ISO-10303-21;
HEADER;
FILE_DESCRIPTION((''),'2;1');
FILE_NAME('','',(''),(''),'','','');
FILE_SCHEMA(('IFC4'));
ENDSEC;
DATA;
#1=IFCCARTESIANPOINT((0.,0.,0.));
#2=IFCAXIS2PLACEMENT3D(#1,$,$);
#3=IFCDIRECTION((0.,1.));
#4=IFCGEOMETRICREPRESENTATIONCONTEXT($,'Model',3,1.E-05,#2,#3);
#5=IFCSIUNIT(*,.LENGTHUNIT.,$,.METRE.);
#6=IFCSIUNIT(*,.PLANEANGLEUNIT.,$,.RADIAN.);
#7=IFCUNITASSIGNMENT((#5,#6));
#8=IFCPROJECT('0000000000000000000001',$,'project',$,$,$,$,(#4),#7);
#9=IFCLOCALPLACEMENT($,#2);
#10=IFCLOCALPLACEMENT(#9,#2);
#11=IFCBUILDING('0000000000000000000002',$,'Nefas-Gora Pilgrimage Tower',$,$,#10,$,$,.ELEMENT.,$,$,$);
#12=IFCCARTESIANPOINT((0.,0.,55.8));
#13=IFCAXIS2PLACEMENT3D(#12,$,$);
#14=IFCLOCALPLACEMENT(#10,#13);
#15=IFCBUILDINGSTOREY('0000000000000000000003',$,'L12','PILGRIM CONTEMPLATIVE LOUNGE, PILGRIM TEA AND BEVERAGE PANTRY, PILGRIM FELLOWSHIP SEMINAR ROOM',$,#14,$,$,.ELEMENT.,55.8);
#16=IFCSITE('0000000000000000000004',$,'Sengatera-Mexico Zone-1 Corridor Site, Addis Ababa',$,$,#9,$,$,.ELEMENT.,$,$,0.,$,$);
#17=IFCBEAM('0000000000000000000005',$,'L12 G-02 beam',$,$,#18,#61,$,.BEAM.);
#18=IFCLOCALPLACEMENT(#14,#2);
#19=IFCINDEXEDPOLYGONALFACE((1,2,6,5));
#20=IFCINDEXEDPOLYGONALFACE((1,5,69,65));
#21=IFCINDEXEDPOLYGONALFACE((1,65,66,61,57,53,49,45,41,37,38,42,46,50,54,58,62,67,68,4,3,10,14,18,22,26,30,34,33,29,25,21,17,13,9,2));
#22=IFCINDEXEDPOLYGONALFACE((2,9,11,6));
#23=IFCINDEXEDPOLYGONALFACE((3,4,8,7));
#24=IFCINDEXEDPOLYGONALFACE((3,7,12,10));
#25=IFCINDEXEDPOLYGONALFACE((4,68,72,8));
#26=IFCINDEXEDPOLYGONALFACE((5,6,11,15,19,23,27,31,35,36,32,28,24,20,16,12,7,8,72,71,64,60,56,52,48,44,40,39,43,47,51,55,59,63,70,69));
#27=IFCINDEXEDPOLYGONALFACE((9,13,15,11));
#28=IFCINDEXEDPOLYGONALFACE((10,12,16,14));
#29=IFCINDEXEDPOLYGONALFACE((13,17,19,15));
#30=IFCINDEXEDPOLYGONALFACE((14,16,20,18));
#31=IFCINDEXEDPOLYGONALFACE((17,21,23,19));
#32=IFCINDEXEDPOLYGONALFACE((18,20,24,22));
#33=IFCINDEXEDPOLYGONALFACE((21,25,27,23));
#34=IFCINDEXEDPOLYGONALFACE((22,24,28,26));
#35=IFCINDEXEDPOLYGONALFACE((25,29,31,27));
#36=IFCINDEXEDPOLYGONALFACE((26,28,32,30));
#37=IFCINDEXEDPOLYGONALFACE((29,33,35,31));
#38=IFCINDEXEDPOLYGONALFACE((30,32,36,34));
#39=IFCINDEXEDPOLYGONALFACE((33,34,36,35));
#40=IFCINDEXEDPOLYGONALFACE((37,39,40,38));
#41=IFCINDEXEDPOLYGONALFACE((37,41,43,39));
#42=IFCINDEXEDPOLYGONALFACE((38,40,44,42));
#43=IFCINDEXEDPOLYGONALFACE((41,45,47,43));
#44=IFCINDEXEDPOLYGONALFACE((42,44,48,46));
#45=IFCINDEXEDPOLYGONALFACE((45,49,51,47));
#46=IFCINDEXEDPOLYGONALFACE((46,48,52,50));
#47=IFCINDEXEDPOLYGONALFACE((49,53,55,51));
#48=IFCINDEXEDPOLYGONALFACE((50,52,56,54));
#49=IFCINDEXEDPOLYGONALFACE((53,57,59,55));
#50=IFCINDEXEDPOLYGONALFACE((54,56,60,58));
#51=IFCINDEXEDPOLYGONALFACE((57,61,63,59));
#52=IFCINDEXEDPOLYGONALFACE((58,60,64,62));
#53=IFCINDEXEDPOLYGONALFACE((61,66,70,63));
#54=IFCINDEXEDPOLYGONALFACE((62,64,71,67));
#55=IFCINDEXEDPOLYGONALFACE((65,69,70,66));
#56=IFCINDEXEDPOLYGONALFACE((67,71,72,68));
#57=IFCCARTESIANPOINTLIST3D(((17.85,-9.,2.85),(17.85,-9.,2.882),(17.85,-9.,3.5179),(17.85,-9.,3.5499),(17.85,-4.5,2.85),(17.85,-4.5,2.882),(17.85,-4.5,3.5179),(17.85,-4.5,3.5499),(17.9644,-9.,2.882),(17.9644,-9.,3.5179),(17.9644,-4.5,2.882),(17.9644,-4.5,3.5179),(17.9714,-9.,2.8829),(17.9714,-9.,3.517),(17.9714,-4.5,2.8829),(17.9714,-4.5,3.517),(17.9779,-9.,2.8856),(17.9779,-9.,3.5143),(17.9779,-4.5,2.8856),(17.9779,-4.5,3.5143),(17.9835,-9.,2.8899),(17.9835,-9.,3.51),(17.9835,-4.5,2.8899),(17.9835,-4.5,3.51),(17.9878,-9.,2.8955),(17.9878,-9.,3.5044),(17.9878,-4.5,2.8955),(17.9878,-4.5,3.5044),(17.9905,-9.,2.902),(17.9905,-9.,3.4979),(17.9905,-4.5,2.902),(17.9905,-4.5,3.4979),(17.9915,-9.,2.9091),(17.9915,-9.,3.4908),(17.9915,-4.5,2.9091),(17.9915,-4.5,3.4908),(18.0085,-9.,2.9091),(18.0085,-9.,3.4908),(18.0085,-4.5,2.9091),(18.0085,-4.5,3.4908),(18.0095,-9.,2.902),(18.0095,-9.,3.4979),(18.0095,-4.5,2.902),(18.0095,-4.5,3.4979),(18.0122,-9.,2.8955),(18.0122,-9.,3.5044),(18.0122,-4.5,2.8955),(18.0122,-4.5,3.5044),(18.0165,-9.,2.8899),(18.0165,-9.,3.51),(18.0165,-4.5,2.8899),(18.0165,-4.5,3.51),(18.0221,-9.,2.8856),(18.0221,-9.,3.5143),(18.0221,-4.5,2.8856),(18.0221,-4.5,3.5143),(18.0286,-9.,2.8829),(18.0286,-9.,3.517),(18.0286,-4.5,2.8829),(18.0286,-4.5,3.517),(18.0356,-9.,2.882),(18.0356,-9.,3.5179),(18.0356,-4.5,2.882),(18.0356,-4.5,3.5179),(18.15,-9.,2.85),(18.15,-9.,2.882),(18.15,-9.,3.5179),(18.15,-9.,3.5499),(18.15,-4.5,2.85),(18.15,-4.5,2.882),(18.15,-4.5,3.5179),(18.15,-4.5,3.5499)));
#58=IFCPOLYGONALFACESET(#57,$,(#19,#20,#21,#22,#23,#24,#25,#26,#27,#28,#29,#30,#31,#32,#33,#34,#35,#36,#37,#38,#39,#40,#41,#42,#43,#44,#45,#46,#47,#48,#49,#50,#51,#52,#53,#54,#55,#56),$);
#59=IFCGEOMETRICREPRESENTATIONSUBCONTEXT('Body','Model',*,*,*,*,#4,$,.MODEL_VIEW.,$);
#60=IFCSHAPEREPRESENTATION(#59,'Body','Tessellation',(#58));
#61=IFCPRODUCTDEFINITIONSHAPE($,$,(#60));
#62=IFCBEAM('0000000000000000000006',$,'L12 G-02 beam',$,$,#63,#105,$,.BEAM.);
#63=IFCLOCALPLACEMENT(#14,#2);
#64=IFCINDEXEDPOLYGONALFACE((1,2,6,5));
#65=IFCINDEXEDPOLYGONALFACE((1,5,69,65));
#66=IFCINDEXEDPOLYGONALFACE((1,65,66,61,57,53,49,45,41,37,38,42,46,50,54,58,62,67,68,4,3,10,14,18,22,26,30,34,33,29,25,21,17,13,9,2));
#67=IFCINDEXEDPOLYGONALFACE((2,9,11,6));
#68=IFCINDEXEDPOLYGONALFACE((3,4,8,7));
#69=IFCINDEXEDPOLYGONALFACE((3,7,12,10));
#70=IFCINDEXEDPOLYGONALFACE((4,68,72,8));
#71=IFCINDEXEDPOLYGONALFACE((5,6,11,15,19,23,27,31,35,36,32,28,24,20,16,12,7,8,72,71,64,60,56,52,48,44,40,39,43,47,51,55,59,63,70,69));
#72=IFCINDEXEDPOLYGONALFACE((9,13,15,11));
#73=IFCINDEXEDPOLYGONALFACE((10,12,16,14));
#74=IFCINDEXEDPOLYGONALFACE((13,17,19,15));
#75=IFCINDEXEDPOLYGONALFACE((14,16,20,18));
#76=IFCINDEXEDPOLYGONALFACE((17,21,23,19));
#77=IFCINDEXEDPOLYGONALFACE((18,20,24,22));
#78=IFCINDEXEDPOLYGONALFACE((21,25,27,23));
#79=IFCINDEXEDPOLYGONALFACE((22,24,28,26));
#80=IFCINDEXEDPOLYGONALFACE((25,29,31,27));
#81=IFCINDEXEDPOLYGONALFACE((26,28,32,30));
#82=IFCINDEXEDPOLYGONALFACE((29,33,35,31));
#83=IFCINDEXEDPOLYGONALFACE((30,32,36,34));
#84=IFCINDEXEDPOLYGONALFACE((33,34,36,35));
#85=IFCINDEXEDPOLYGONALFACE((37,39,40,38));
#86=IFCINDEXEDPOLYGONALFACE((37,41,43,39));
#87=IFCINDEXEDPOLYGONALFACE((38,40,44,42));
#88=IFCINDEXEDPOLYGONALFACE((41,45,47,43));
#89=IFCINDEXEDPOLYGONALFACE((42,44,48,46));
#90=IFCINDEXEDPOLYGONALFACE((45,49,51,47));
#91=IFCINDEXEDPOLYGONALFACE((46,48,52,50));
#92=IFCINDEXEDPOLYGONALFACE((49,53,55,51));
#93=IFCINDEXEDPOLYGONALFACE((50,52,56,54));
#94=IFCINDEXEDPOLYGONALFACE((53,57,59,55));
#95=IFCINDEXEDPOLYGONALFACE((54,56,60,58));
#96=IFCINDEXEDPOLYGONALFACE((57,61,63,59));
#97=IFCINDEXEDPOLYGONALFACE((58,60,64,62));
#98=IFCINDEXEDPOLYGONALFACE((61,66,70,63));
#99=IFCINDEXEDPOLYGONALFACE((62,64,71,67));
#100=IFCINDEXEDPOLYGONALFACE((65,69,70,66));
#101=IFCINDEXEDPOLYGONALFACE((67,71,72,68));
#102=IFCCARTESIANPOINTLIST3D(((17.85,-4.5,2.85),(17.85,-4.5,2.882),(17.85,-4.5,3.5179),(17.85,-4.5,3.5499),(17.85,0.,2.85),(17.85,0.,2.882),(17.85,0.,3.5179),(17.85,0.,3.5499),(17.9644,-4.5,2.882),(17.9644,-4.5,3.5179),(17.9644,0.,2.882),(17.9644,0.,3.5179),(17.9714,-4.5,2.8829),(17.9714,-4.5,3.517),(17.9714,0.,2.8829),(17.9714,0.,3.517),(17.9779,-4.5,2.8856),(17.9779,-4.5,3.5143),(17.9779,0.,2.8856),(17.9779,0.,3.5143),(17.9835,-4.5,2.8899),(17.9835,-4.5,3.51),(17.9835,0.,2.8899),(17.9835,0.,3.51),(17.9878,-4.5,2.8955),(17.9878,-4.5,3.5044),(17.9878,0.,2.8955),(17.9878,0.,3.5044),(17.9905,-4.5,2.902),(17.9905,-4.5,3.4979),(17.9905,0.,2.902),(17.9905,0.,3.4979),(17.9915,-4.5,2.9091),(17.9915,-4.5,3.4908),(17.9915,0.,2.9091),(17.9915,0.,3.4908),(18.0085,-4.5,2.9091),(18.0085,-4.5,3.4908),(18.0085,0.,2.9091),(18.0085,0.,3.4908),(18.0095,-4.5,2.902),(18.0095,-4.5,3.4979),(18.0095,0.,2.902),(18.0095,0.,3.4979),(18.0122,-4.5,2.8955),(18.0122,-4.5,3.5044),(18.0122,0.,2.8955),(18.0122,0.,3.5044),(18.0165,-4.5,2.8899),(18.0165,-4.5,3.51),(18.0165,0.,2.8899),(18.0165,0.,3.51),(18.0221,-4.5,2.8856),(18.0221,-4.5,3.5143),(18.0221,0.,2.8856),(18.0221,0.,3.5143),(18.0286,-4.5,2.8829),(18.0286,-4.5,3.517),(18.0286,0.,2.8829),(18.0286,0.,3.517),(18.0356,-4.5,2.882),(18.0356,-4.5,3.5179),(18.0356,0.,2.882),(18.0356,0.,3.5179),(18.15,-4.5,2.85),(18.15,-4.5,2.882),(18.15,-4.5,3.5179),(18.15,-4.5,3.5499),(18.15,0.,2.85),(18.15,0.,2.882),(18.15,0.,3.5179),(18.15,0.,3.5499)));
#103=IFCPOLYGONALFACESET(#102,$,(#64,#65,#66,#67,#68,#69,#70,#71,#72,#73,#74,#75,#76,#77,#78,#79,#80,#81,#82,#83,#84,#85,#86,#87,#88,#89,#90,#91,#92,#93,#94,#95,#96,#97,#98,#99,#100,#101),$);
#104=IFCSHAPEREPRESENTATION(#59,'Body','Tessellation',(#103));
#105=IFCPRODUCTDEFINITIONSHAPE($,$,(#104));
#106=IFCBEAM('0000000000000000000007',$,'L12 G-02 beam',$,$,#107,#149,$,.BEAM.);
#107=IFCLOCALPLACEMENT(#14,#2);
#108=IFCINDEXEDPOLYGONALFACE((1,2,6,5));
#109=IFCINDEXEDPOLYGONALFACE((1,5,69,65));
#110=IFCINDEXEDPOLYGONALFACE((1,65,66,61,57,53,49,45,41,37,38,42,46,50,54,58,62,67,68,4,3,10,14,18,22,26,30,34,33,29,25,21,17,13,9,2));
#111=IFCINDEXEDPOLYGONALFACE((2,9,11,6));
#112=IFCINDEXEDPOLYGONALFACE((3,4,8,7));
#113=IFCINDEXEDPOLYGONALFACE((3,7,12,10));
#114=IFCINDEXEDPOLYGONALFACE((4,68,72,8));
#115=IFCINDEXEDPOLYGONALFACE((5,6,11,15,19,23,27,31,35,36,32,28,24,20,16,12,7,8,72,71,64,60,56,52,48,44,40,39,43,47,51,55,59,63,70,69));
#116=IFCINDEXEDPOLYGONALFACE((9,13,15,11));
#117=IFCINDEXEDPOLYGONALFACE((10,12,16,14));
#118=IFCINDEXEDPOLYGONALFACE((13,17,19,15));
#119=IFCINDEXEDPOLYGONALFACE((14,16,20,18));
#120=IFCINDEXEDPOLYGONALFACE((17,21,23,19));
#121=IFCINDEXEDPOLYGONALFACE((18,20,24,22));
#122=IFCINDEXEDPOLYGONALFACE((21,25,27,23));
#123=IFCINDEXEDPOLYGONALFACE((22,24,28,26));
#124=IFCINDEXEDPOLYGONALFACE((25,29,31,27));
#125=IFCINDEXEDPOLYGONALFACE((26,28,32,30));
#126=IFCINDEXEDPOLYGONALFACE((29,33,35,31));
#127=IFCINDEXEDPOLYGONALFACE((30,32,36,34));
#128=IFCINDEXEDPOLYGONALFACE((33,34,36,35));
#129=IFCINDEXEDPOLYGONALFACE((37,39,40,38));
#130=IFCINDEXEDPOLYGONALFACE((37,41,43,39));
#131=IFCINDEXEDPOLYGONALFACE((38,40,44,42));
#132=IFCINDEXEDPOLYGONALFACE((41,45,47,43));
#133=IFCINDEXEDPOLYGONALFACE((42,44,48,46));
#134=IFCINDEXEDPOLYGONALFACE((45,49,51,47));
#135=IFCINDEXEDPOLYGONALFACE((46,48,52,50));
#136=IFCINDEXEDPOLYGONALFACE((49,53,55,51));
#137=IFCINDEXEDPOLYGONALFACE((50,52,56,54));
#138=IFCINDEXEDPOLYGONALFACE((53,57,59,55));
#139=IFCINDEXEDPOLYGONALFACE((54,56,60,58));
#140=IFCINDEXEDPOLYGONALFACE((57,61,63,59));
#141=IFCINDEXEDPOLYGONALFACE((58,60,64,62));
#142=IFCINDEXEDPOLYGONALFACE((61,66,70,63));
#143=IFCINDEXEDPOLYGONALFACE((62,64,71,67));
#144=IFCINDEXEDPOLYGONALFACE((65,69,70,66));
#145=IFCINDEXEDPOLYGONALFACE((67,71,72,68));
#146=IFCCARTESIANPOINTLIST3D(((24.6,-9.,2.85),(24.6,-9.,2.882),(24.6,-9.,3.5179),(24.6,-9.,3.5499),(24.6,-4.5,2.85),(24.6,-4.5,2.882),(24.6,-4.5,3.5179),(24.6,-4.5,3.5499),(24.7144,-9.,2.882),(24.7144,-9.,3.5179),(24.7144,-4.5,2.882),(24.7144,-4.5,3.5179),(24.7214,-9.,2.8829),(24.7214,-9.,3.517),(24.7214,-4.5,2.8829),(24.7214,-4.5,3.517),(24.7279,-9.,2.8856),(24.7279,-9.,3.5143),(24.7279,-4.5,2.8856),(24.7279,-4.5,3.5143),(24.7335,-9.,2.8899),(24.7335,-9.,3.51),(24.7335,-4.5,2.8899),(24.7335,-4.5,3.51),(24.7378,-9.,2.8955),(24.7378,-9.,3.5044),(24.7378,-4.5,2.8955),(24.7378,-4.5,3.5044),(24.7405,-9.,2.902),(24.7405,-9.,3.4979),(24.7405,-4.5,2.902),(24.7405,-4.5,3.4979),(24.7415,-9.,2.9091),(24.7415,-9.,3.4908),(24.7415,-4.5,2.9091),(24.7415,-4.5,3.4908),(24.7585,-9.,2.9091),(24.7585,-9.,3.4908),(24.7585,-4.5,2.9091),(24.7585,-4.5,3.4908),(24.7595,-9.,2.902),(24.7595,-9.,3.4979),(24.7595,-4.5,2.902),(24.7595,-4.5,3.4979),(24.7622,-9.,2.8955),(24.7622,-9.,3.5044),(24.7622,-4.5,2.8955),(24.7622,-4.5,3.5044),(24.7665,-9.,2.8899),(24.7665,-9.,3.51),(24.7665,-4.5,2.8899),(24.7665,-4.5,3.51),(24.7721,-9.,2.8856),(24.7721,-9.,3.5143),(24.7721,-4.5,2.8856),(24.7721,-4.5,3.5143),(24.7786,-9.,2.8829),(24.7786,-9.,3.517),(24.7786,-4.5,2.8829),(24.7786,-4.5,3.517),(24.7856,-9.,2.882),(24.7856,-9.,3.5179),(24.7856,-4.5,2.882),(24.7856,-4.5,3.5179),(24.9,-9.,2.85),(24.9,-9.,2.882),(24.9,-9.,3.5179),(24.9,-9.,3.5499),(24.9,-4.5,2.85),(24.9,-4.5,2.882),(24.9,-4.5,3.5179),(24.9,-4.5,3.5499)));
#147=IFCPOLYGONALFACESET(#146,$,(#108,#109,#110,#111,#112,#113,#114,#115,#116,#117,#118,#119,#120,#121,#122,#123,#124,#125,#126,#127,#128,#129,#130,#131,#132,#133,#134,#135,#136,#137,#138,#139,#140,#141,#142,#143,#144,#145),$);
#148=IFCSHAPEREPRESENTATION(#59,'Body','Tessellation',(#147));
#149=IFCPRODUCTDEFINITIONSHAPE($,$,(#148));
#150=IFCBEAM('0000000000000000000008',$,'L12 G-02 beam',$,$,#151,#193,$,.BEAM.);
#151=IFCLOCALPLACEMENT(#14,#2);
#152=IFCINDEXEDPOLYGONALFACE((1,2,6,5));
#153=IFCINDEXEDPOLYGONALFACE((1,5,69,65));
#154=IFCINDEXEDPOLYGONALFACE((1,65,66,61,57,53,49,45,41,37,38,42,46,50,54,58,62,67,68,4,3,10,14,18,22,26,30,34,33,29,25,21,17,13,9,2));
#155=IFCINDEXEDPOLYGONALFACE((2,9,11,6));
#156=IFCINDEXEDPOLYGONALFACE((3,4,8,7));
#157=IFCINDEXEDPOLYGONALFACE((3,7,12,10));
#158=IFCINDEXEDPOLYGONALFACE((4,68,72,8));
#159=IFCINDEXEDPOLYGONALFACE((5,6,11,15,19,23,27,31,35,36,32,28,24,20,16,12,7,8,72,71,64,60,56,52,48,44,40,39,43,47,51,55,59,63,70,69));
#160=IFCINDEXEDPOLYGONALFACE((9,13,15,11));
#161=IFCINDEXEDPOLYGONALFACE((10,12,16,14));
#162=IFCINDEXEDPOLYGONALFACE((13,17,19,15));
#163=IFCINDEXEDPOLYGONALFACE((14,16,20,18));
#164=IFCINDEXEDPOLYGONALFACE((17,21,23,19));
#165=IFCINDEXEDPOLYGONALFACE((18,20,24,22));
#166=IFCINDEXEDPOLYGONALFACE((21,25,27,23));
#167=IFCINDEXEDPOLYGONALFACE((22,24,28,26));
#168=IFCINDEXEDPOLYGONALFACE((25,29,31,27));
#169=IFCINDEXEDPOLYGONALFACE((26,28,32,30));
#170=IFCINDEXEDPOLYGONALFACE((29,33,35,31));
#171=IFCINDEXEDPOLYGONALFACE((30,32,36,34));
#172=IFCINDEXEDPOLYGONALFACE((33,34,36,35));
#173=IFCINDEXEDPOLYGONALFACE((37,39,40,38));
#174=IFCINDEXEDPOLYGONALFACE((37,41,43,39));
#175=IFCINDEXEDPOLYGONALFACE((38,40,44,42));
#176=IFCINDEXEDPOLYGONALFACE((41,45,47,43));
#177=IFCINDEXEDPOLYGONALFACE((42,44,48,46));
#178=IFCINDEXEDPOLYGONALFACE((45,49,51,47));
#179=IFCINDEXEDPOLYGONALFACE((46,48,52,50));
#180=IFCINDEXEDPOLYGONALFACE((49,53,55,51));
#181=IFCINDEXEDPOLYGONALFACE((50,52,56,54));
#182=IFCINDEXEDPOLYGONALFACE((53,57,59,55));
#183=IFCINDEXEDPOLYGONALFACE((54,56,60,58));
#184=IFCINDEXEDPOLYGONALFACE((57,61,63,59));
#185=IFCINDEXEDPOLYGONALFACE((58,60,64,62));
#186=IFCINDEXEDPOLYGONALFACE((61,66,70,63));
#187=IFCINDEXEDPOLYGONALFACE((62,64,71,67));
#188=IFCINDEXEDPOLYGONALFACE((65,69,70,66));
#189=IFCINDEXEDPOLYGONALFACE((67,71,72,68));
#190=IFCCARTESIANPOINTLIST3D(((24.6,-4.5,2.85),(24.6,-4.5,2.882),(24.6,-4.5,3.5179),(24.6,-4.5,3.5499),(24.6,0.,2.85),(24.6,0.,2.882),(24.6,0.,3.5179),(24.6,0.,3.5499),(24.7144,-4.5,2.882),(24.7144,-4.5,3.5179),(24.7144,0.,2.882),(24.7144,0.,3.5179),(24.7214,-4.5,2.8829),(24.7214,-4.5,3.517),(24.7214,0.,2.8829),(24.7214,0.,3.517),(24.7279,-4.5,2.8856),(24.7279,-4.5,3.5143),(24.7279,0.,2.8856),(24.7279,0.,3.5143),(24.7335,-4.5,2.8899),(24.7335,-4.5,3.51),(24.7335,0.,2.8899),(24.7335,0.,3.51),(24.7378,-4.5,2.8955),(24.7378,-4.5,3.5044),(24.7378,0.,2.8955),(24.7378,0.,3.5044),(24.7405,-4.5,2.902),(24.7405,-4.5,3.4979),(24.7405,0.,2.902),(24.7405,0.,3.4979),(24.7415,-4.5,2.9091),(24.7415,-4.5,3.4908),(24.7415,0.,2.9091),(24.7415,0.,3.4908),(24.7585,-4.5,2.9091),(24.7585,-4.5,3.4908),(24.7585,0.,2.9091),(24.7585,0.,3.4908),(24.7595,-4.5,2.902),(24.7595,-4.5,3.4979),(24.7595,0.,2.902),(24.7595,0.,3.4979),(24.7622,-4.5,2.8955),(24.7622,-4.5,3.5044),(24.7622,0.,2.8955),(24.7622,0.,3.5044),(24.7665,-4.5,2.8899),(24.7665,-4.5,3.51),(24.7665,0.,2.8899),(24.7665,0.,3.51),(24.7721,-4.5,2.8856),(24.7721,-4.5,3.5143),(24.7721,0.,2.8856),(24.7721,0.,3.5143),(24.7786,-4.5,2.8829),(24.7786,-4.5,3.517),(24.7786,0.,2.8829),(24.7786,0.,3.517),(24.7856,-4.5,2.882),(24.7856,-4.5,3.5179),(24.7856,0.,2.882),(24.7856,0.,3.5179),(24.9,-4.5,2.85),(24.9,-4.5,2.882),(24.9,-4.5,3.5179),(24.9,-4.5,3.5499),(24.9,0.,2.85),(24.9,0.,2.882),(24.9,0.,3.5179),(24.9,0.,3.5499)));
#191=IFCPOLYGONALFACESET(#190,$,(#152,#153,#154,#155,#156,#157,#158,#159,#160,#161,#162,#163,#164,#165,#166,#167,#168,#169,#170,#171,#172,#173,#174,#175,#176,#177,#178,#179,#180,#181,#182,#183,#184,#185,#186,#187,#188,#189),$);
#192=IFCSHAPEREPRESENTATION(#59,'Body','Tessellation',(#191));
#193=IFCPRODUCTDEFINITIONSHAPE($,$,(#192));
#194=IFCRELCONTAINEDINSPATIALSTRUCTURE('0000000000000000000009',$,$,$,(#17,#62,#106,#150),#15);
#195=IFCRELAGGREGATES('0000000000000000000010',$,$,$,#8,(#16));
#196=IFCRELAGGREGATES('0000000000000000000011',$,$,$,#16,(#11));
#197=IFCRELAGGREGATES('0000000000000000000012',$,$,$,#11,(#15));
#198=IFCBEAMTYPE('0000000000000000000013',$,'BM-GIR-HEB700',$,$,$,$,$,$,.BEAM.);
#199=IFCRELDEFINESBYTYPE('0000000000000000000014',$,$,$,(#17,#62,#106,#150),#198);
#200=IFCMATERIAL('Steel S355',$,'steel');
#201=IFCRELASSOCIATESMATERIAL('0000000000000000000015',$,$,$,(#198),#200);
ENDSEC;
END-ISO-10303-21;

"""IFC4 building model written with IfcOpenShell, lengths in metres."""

from ifc_helpers import new_model, si_unit, direction, frame, origin, origin_2d, place, context, subcontext, project, spatial, i_section, extrude, source, transform, mapped, material, material_profile, profile_set, type_object, element, save


model = new_model("IFC4")

# Units and contexts
model_context = context("Model", 3, precision=1e-05, world=origin(), true_north=direction((0.0, 1.0)))
body_context = subcontext(model_context, "Body", "Model", "MODEL_VIEW")
ifc_project = project(units=[si_unit("LENGTHUNIT", "METRE"), si_unit("PLANEANGLEUNIT", "RADIAN")], contexts=[model_context])

# Site, building, storey
site_placement = place(None, origin())
site = spatial("IfcSite", under=ifc_project, at=site_placement, Name="Sengatera-Mexico Zone-1 Corridor Site, Addis Ababa", CompositionType="ELEMENT", RefElevation=0.0)
building_placement = place(site_placement, origin())
building = spatial("IfcBuilding", under=site, at=building_placement, Name="Nefas-Gora Pilgrimage Tower", CompositionType="ELEMENT")
storey_placement = place(building_placement, frame((0.0, 0.0, 55.8)))
storey = spatial("IfcBuildingStorey", under=building, at=storey_placement, Name="L12", Description="PILGRIM CONTEMPLATIVE LOUNGE, PILGRIM TEA AND BEVERAGE PANTRY, PILGRIM FELLOWSHIP SEMINAR ROOM", CompositionType="ELEMENT", Elevation=55.8)

# Beams
ifc_material_1 = material(Name="Steel S355", Category="steel")
ifc_material_profile_1 = material_profile(ifc_material_1, i_section(OverallWidth=0.3, OverallDepth=0.7, WebThickness=0.0171, FlangeThickness=0.032, FilletRadius=0.0271, at=origin_2d()), Name="HEB 700")
ifc_profile_set_1 = profile_set([ifc_material_profile_1], Name="Steel S355")
beam_type_1 = type_object("IfcBeamType", Name="BM-GIR-HEB700", PredefinedType="BEAM", material=ifc_profile_set_1)
shared_shape_1 = source(origin(), body_context, "Body", "SweptSolid", [
    extrude(i_section(OverallWidth=0.3, OverallDepth=0.7, WebThickness=0.0171, FlangeThickness=0.032, FilletRadius=0.0271, at=origin_2d()), origin(), (0.0, 0.0, 1.0), 4.5),
])
for number, where, z_axis, x_axis, name in (
    (1, (18.0, -9.0, 3.2), (0.0, 1.0, 0.0), (-1.0, 0.0, 0.0), "L12 G-02 beam"),
    (2, (18.0, -4.5, 3.2), (0.0, 1.0, 0.0), (-1.0, 0.0, 0.0), "L12 G-02 beam"),
    (3, (24.75, -9.0, 3.2), (0.0, 1.0, 0.0), (-1.0, 0.0, 0.0), "L12 G-02 beam"),
    (4, (24.75, -4.5, 3.2), (0.0, 1.0, 0.0), (-1.0, 0.0, 0.0), "L12 G-02 beam"),
):
    element("IfcBeam", number, at=place(storey_placement, frame(where, z_axis=z_axis, x_axis=x_axis)), inside=storey, type_object=beam_type_1, Name=name, PredefinedType="BEAM", context=body_context, shape_type="MappedRepresentation", body=[
        mapped(shared_shape_1, transform((0.0, 0.0, 0.0), x_axis=(1.0, 0.0, 0.0), y_axis=(0.0, 1.0, 0.0), z_axis=(0.0, 0.0, 1.0), scale=1.0)),
    ])

save(model, "model.ifc")
